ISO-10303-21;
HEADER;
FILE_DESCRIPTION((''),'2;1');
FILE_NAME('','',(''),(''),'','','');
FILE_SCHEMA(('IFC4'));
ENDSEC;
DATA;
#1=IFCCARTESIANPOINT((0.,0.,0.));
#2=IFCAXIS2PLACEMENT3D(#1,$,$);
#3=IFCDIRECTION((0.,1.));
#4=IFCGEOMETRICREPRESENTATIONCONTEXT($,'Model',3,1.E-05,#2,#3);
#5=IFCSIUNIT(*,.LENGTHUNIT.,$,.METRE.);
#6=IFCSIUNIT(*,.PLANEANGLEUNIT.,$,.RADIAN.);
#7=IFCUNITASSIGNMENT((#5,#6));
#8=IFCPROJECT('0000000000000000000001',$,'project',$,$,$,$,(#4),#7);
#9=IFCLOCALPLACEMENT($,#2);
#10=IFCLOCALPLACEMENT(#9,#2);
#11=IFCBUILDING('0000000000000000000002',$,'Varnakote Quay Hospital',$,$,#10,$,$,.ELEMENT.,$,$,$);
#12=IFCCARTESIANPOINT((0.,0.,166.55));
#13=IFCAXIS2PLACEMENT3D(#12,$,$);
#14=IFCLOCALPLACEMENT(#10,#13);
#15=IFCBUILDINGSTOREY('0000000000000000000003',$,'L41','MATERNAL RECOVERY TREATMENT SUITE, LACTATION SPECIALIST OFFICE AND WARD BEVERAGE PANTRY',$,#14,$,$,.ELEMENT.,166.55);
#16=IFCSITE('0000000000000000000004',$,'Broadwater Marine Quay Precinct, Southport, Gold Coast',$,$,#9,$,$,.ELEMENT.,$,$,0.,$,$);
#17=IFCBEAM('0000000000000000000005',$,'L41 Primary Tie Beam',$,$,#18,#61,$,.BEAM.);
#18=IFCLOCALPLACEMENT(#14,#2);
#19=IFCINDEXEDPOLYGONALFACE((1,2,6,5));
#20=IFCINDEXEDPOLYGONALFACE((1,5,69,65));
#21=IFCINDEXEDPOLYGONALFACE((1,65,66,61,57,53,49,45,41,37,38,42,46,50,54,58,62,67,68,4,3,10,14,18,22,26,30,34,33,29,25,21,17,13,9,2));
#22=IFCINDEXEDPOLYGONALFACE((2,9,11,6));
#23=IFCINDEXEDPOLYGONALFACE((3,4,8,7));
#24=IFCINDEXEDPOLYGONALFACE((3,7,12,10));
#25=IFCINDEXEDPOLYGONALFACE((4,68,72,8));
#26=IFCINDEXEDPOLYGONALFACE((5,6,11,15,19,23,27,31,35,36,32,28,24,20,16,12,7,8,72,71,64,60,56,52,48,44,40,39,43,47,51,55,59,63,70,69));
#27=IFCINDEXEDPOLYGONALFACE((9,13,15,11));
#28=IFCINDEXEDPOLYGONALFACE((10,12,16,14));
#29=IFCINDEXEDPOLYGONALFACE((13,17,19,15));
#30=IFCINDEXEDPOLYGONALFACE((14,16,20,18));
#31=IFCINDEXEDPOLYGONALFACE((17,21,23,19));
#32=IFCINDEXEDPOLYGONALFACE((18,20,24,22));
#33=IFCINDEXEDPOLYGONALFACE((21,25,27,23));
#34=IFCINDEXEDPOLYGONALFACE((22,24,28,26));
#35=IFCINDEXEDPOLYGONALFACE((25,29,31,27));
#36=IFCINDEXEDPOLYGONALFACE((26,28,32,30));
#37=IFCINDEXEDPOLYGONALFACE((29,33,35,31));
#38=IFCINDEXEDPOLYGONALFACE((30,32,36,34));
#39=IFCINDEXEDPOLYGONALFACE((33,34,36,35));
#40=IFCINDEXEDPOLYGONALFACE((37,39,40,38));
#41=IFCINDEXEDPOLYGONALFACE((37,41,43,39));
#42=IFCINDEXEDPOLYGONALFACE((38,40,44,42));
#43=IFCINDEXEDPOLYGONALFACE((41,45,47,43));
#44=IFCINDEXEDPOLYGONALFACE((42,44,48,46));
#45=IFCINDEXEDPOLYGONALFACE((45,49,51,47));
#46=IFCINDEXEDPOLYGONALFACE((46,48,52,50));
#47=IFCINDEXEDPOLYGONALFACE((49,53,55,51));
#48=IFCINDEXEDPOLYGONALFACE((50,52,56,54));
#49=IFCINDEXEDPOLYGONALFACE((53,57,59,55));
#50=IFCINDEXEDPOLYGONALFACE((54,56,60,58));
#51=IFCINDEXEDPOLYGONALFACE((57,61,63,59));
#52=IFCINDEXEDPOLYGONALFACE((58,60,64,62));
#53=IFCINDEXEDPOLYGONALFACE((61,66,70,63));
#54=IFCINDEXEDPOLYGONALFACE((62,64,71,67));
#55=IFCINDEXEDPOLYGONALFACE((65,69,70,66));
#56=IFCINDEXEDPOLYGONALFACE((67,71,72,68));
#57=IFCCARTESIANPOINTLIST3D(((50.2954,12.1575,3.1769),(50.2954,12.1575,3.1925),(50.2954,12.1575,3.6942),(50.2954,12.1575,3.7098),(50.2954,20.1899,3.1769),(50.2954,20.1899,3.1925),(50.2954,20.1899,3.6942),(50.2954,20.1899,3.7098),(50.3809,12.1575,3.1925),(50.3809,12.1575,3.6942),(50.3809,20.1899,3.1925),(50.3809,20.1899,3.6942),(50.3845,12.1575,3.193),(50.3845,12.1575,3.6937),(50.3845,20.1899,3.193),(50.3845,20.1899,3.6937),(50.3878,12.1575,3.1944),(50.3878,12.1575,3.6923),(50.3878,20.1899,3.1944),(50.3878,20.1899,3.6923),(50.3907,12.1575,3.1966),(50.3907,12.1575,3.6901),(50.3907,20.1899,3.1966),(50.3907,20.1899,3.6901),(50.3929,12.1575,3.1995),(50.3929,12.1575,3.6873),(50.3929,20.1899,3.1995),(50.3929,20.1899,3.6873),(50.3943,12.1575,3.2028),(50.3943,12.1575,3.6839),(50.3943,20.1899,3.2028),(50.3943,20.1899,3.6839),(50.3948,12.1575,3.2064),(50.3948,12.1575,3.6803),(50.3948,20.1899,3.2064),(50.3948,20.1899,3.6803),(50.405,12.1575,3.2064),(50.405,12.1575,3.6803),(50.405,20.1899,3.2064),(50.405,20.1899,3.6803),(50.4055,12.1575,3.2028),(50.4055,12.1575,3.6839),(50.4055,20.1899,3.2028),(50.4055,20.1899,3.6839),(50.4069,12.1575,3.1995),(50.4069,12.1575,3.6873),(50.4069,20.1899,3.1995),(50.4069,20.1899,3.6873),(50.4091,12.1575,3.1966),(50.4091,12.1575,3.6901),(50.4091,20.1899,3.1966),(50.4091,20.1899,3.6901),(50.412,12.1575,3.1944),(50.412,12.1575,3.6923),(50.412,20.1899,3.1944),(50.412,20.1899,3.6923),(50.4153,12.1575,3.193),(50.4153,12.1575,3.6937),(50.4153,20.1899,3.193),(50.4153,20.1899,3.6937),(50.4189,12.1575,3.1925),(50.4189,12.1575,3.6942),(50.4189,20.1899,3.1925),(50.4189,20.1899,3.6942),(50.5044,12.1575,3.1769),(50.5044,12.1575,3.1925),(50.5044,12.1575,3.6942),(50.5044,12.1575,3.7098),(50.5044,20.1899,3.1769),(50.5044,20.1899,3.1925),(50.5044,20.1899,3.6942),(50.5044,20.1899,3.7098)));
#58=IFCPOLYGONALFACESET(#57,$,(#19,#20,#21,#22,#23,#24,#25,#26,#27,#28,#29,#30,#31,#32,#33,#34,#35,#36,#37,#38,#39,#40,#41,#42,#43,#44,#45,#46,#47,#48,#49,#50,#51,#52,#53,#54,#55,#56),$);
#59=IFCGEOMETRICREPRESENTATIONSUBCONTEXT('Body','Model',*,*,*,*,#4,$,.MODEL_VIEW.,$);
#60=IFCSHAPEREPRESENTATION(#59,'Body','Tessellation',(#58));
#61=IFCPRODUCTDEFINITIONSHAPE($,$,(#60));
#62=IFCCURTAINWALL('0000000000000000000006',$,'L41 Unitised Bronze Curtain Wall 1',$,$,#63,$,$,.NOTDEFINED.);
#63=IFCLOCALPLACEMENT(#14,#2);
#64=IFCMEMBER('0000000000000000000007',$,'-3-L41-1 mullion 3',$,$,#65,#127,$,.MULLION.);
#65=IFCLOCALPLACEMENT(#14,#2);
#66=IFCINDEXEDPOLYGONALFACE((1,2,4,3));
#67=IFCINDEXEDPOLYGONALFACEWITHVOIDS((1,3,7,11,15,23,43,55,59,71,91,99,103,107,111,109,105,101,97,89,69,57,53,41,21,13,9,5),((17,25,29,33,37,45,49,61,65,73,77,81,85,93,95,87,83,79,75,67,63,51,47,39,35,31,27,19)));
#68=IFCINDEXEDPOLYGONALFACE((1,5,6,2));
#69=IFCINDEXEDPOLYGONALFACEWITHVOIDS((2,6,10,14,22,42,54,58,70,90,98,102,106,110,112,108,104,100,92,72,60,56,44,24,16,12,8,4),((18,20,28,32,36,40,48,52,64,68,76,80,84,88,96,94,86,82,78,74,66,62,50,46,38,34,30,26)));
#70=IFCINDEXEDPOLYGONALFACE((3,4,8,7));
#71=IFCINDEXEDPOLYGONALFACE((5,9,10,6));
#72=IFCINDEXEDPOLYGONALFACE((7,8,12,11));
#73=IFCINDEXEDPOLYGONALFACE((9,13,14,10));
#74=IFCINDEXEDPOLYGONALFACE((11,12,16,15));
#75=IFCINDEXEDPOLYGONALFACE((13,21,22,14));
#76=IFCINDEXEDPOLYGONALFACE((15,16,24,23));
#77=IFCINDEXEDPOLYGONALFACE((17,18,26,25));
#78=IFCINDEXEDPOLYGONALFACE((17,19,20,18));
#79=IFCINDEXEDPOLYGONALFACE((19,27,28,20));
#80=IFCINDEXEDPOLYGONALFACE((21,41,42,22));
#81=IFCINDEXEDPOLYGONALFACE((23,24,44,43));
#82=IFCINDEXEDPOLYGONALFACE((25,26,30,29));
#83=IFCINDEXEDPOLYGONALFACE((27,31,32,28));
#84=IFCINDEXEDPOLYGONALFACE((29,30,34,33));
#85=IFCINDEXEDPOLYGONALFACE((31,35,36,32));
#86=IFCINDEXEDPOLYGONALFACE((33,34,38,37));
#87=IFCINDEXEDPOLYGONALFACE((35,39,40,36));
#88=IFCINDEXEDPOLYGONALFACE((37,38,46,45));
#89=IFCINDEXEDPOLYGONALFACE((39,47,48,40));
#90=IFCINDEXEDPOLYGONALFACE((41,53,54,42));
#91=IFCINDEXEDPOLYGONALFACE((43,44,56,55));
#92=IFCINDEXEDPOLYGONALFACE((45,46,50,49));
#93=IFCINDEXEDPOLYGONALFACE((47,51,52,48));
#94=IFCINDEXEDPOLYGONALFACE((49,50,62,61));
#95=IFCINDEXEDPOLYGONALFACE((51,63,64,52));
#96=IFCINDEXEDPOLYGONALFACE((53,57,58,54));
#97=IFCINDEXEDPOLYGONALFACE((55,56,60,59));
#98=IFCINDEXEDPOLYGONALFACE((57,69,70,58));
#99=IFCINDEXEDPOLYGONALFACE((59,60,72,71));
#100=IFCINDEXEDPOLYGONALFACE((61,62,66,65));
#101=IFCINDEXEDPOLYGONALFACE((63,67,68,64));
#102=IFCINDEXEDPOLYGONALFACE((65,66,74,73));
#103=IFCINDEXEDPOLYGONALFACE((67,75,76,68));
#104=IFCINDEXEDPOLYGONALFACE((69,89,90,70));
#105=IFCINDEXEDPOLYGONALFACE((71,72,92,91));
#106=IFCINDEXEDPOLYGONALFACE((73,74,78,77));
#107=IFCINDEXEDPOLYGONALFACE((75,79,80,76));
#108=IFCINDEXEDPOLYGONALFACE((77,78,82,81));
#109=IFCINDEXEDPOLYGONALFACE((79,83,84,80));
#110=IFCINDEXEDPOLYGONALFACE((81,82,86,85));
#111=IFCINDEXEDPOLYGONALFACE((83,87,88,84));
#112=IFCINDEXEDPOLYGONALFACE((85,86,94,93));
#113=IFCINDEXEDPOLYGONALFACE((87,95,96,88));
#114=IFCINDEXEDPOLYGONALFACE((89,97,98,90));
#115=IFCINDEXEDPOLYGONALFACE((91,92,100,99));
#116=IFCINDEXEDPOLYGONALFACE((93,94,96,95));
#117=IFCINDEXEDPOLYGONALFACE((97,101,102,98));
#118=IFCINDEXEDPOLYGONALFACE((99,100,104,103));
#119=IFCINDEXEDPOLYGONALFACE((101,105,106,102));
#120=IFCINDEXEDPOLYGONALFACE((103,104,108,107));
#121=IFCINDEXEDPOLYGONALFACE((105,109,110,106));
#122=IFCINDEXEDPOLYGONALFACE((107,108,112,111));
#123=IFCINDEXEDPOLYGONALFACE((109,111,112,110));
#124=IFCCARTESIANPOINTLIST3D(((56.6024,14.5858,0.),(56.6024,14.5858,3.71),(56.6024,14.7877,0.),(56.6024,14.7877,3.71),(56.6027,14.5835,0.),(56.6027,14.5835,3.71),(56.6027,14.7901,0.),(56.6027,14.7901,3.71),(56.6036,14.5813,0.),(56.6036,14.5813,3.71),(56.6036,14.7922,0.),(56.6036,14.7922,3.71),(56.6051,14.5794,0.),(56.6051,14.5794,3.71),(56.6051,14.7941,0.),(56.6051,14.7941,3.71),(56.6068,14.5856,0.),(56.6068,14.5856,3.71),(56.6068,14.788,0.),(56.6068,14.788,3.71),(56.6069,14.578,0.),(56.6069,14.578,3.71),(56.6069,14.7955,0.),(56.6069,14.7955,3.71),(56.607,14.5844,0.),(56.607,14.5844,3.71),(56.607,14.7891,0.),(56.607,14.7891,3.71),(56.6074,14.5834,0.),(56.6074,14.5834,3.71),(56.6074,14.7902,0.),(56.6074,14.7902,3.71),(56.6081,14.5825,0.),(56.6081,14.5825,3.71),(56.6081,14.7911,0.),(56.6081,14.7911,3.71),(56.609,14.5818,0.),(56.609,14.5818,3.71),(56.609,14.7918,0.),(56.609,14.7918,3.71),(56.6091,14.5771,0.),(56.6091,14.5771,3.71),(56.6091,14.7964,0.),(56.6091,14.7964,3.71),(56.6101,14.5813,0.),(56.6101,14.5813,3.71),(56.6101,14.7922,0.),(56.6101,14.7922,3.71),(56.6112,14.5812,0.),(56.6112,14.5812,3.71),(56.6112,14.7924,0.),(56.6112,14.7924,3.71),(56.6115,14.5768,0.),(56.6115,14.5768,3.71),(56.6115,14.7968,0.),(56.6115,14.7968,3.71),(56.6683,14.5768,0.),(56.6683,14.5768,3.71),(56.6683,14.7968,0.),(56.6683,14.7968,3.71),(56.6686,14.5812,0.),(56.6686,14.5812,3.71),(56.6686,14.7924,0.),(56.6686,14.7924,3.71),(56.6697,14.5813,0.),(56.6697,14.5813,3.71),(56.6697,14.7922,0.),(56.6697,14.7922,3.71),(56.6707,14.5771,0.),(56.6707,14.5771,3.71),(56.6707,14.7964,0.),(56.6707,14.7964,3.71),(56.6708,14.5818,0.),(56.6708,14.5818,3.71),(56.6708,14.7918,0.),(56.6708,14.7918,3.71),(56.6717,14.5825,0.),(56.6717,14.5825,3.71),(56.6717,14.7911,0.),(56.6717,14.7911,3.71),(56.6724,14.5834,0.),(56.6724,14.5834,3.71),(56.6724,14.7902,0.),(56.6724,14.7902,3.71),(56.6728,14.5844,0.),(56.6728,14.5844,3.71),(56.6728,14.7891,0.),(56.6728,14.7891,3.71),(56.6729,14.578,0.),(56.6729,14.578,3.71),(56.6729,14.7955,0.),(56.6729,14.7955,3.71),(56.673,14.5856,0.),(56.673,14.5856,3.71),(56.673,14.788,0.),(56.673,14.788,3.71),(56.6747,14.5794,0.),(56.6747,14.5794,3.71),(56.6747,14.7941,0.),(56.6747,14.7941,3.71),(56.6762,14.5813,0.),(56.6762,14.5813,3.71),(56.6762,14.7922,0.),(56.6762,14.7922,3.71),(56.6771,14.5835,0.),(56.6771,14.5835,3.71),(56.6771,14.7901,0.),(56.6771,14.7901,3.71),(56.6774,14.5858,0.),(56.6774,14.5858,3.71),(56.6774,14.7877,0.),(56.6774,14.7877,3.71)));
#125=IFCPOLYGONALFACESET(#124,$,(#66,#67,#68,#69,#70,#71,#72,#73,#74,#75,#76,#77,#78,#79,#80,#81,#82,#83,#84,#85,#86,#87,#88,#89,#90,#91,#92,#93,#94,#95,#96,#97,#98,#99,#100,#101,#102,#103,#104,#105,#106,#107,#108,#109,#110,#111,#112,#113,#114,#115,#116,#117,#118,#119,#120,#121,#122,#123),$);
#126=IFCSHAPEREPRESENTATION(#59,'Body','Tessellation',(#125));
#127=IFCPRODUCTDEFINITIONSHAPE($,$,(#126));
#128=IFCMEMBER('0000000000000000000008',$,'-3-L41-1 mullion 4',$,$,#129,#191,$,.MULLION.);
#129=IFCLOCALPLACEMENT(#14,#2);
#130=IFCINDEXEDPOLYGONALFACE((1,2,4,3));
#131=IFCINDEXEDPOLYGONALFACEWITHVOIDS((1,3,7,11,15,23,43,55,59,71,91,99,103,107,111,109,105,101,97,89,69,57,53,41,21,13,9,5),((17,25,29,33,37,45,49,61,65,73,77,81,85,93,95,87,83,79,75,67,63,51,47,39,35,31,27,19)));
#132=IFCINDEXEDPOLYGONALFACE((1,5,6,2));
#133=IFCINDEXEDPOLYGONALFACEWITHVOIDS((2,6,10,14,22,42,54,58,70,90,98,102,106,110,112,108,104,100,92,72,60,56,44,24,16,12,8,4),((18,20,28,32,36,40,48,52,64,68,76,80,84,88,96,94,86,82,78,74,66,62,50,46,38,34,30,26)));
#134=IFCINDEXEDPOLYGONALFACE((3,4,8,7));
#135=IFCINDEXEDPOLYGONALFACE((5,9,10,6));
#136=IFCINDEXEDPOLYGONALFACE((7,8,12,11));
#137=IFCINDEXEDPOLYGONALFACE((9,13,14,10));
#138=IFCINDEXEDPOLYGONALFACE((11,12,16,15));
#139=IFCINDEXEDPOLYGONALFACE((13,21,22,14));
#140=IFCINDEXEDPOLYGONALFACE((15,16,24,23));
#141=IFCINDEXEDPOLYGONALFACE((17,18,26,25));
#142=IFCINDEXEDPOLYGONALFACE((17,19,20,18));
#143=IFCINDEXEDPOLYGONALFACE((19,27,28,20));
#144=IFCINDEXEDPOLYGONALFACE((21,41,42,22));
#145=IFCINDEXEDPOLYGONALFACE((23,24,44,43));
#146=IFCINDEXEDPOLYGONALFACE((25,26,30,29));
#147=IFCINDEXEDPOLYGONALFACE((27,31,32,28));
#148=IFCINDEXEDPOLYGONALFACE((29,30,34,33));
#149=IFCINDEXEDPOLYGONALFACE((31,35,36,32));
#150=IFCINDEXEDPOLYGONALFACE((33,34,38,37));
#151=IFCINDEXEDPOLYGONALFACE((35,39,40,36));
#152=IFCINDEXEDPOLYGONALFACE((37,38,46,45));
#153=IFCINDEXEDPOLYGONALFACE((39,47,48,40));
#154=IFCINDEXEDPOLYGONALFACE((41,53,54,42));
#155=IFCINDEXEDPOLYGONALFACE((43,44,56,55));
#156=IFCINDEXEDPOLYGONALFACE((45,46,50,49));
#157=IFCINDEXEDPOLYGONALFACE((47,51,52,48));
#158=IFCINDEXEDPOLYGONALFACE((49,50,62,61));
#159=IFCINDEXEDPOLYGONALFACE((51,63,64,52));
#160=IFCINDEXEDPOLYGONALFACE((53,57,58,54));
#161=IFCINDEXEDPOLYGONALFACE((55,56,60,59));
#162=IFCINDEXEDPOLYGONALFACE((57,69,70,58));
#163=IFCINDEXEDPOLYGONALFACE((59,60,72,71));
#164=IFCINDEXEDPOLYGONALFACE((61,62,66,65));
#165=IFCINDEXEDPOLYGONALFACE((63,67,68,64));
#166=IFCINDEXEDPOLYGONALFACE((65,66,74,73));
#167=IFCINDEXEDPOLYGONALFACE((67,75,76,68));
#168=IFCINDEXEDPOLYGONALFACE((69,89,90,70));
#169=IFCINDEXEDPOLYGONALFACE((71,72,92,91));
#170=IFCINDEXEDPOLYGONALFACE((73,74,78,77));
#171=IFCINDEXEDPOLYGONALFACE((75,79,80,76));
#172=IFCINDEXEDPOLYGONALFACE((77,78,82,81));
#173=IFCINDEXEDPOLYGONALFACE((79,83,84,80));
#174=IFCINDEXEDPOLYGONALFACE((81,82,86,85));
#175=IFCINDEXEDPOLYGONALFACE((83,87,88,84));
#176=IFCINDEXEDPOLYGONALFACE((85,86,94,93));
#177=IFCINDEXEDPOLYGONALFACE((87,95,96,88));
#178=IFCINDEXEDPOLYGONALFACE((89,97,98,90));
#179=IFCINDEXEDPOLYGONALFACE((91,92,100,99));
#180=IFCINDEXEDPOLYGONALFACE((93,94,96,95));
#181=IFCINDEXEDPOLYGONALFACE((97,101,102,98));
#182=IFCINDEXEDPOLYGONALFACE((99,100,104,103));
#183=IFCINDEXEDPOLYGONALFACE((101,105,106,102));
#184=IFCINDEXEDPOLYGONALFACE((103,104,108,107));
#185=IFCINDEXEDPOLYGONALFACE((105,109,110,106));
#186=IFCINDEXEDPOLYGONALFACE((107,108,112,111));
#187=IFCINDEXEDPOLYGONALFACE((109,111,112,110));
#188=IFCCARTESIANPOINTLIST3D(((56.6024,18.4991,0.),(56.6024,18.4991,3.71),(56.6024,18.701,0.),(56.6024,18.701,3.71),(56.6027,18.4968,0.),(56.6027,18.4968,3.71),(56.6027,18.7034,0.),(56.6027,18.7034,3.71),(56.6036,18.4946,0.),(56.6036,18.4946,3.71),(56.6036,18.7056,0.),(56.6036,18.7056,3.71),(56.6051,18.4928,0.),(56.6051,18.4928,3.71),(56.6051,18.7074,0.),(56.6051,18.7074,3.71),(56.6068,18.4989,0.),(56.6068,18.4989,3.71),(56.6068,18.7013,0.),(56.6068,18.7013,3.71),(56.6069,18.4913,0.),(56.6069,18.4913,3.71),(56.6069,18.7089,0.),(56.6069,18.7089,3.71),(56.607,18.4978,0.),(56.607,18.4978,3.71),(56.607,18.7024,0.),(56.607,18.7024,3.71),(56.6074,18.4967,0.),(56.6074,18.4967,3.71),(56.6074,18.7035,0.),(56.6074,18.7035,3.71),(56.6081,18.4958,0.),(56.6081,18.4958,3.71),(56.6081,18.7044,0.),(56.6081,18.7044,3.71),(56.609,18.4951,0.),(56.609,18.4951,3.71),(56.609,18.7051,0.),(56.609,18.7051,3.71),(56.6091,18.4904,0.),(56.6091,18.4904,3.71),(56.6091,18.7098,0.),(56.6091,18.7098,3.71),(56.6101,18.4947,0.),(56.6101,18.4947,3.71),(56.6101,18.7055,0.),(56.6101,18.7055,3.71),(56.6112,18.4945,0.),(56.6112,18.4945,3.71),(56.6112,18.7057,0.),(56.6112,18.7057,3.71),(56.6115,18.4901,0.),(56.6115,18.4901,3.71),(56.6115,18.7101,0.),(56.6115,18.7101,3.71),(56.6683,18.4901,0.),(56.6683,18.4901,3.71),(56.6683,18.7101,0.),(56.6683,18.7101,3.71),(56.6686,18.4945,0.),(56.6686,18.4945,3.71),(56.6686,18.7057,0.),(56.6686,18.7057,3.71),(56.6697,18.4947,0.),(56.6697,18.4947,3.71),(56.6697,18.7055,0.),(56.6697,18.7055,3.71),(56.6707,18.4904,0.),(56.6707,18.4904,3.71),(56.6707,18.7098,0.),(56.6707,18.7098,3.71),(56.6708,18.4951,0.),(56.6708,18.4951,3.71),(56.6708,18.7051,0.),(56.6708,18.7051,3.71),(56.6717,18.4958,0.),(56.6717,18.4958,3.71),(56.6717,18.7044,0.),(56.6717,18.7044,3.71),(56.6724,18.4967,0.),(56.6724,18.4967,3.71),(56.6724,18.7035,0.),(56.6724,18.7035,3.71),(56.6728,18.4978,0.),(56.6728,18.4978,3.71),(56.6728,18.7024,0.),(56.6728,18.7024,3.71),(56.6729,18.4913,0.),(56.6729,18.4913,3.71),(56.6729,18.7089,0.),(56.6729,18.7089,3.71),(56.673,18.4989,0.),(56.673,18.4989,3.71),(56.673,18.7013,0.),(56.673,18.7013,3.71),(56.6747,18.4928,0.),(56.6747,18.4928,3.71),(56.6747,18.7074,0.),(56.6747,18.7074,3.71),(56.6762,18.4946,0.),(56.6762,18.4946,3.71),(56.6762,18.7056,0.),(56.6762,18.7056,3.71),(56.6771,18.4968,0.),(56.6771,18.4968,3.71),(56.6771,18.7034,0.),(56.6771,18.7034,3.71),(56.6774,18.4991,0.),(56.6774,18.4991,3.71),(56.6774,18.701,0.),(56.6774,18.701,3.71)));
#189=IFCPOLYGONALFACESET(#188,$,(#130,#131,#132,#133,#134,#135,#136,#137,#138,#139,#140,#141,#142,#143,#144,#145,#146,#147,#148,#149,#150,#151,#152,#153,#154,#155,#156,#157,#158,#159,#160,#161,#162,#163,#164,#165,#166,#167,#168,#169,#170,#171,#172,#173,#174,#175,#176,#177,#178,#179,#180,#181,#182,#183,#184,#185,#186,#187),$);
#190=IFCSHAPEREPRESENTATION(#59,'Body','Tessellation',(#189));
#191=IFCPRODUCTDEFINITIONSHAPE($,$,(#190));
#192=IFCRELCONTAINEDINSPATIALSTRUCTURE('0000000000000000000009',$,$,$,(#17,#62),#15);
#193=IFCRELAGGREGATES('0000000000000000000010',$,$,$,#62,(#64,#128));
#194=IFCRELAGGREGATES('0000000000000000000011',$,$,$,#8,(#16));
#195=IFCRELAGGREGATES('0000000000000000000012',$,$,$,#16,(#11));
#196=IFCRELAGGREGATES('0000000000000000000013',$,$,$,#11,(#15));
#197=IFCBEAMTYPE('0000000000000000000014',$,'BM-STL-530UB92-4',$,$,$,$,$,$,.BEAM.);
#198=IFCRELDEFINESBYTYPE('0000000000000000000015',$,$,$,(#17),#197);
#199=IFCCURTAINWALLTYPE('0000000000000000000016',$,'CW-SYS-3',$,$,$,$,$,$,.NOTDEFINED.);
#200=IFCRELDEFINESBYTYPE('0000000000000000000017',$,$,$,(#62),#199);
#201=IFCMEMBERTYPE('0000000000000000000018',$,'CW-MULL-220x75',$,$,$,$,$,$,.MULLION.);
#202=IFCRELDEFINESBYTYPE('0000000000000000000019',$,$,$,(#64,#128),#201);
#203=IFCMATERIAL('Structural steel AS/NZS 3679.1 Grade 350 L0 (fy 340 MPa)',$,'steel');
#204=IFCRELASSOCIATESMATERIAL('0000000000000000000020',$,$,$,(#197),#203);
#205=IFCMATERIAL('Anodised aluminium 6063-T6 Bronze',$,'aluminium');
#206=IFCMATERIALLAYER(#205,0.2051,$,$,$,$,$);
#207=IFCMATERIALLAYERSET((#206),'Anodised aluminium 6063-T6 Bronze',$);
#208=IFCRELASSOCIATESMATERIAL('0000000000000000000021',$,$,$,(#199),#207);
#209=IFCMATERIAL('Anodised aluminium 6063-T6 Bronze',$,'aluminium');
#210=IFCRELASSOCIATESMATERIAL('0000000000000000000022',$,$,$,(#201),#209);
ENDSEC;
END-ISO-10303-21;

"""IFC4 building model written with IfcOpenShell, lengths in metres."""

from ifc_helpers import new_model, si_unit, direction, frame, origin, origin_2d, place, context, subcontext, project, spatial, hollow_rectangle, i_section, extrude, material, layer, layer_set, material_profile, profile_set, type_object, element, aggregate, save


model = new_model("IFC4")

# Units and contexts
model_context = context("Model", 3, precision=1e-05, world=origin(), true_north=direction((0.0, 1.0)))
body_context = subcontext(model_context, "Body", "Model", "MODEL_VIEW")
ifc_project = project(units=[si_unit("LENGTHUNIT", "METRE"), si_unit("PLANEANGLEUNIT", "RADIAN")], contexts=[model_context])

# Site, building, storey
site_placement = place(None, origin())
site = spatial("IfcSite", under=ifc_project, at=site_placement, Name="Broadwater Marine Quay Precinct, Southport, Gold Coast", CompositionType="ELEMENT", RefElevation=0.0)
building_placement = place(site_placement, origin())
building = spatial("IfcBuilding", under=site, at=building_placement, Name="Varnakote Quay Hospital", CompositionType="ELEMENT")
storey_placement = place(building_placement, frame((0.0, 0.0, 166.55)))
storey = spatial("IfcBuildingStorey", under=building, at=storey_placement, Name="L41", Description="MATERNAL RECOVERY TREATMENT SUITE, LACTATION SPECIALIST OFFICE AND WARD BEVERAGE PANTRY", CompositionType="ELEMENT", Elevation=166.55)

# Beam
ifc_material_1 = material(Name="Structural steel AS/NZS 3679.1 Grade 350 L0 (fy 340 MPa)", Category="steel")
ifc_material_profile_1 = material_profile(ifc_material_1, i_section(OverallWidth=0.209, OverallDepth=0.533, WebThickness=0.0103, FlangeThickness=0.0156, FilletRadius=0.0139, at=origin_2d()), Name="530UB92.4")
ifc_profile_set_1 = profile_set([ifc_material_profile_1], Name="Structural steel AS/NZS 3679.1 Grade 350 L0 (fy 340 MPa)")
beam_type = type_object("IfcBeamType", Name="BM-STL-530UB92-4", PredefinedType="BEAM", material=ifc_profile_set_1)
beam_placement = place(storey_placement, frame((50.3999, 12.1575, 3.4434), z_axis=(0.0, 1.0, 0.0), x_axis=(-1.0, 0.0, 0.0)))
element("IfcBeam", 1, at=beam_placement, inside=storey, type_object=beam_type, Name="L41 Primary Tie Beam", PredefinedType="BEAM", context=body_context, shape_type="SweptSolid", body=[
    extrude(i_section(OverallWidth=0.209, OverallDepth=0.533, WebThickness=0.0103, FlangeThickness=0.0156, FilletRadius=0.0139, at=origin_2d()), origin(), (0.0, 0.0, 1.0), 8.0325),
])

# Curtain wall, members
ifc_material_2 = material(Name="Anodised aluminium 6063-T6 Bronze", Category="aluminium")
ifc_layer_1 = layer(ifc_material_2, 0.2051)
ifc_layer_set_1 = layer_set([ifc_layer_1], Name="Anodised aluminium 6063-T6 Bronze")
curtain_wall_type = type_object("IfcCurtainWallType", Name="CW-SYS-3", PredefinedType="NOTDEFINED", material=ifc_layer_set_1)
curtain_wall_placement = place(storey_placement, origin())
curtain_wall = element("IfcCurtainWall", 2, at=curtain_wall_placement, inside=storey, type_object=curtain_wall_type, Name="L41 Unitised Bronze Curtain Wall 1", PredefinedType="NOTDEFINED")
ifc_material_3 = material(Name="Anodised aluminium 6063-T6 Bronze", Category="aluminium")
ifc_material_profile_2 = material_profile(ifc_material_3, hollow_rectangle(XDim=0.075, YDim=0.22, WallThickness=0.0044, InnerFilletRadius=0.0044, OuterFilletRadius=0.009, at=origin_2d()), Name="CW-MULL-220x75")
ifc_profile_set_2 = profile_set([ifc_material_profile_2], Name="Anodised aluminium 6063-T6 Bronze")
member_type_1 = type_object("IfcMemberType", Name="CW-MULL-220x75", PredefinedType="MULLION", material=ifc_profile_set_2)
member_1_placement = place(storey_placement, frame((56.6399, 14.6868, 0.0), z_axis=(0.0, 0.0, 1.0), x_axis=(-1.0, 0.0, 0.0)))
member_1 = element("IfcMember", 3, at=member_1_placement, type_object=member_type_1, Name="-3-L41-1 mullion 3", PredefinedType="MULLION", context=body_context, shape_type="SweptSolid", body=[
    extrude(hollow_rectangle(XDim=0.075, YDim=0.22, WallThickness=0.0044, InnerFilletRadius=0.0044, OuterFilletRadius=0.009, at=origin_2d()), origin(), (0.0, 0.0, 1.0), 3.71),
])
member_2_placement = place(storey_placement, frame((56.6399, 18.6001, 0.0), z_axis=(0.0, 0.0, 1.0), x_axis=(-1.0, 0.0, 0.0)))
member_2 = element("IfcMember", 4, at=member_2_placement, type_object=member_type_1, Name="-3-L41-1 mullion 4", PredefinedType="MULLION", context=body_context, shape_type="SweptSolid", body=[
    extrude(hollow_rectangle(XDim=0.075, YDim=0.22, WallThickness=0.0044, InnerFilletRadius=0.0044, OuterFilletRadius=0.009, at=origin_2d()), origin(), (0.0, 0.0, 1.0), 3.71),
])
aggregate(curtain_wall, [member_1, member_2])

save(model, "model.ifc")
